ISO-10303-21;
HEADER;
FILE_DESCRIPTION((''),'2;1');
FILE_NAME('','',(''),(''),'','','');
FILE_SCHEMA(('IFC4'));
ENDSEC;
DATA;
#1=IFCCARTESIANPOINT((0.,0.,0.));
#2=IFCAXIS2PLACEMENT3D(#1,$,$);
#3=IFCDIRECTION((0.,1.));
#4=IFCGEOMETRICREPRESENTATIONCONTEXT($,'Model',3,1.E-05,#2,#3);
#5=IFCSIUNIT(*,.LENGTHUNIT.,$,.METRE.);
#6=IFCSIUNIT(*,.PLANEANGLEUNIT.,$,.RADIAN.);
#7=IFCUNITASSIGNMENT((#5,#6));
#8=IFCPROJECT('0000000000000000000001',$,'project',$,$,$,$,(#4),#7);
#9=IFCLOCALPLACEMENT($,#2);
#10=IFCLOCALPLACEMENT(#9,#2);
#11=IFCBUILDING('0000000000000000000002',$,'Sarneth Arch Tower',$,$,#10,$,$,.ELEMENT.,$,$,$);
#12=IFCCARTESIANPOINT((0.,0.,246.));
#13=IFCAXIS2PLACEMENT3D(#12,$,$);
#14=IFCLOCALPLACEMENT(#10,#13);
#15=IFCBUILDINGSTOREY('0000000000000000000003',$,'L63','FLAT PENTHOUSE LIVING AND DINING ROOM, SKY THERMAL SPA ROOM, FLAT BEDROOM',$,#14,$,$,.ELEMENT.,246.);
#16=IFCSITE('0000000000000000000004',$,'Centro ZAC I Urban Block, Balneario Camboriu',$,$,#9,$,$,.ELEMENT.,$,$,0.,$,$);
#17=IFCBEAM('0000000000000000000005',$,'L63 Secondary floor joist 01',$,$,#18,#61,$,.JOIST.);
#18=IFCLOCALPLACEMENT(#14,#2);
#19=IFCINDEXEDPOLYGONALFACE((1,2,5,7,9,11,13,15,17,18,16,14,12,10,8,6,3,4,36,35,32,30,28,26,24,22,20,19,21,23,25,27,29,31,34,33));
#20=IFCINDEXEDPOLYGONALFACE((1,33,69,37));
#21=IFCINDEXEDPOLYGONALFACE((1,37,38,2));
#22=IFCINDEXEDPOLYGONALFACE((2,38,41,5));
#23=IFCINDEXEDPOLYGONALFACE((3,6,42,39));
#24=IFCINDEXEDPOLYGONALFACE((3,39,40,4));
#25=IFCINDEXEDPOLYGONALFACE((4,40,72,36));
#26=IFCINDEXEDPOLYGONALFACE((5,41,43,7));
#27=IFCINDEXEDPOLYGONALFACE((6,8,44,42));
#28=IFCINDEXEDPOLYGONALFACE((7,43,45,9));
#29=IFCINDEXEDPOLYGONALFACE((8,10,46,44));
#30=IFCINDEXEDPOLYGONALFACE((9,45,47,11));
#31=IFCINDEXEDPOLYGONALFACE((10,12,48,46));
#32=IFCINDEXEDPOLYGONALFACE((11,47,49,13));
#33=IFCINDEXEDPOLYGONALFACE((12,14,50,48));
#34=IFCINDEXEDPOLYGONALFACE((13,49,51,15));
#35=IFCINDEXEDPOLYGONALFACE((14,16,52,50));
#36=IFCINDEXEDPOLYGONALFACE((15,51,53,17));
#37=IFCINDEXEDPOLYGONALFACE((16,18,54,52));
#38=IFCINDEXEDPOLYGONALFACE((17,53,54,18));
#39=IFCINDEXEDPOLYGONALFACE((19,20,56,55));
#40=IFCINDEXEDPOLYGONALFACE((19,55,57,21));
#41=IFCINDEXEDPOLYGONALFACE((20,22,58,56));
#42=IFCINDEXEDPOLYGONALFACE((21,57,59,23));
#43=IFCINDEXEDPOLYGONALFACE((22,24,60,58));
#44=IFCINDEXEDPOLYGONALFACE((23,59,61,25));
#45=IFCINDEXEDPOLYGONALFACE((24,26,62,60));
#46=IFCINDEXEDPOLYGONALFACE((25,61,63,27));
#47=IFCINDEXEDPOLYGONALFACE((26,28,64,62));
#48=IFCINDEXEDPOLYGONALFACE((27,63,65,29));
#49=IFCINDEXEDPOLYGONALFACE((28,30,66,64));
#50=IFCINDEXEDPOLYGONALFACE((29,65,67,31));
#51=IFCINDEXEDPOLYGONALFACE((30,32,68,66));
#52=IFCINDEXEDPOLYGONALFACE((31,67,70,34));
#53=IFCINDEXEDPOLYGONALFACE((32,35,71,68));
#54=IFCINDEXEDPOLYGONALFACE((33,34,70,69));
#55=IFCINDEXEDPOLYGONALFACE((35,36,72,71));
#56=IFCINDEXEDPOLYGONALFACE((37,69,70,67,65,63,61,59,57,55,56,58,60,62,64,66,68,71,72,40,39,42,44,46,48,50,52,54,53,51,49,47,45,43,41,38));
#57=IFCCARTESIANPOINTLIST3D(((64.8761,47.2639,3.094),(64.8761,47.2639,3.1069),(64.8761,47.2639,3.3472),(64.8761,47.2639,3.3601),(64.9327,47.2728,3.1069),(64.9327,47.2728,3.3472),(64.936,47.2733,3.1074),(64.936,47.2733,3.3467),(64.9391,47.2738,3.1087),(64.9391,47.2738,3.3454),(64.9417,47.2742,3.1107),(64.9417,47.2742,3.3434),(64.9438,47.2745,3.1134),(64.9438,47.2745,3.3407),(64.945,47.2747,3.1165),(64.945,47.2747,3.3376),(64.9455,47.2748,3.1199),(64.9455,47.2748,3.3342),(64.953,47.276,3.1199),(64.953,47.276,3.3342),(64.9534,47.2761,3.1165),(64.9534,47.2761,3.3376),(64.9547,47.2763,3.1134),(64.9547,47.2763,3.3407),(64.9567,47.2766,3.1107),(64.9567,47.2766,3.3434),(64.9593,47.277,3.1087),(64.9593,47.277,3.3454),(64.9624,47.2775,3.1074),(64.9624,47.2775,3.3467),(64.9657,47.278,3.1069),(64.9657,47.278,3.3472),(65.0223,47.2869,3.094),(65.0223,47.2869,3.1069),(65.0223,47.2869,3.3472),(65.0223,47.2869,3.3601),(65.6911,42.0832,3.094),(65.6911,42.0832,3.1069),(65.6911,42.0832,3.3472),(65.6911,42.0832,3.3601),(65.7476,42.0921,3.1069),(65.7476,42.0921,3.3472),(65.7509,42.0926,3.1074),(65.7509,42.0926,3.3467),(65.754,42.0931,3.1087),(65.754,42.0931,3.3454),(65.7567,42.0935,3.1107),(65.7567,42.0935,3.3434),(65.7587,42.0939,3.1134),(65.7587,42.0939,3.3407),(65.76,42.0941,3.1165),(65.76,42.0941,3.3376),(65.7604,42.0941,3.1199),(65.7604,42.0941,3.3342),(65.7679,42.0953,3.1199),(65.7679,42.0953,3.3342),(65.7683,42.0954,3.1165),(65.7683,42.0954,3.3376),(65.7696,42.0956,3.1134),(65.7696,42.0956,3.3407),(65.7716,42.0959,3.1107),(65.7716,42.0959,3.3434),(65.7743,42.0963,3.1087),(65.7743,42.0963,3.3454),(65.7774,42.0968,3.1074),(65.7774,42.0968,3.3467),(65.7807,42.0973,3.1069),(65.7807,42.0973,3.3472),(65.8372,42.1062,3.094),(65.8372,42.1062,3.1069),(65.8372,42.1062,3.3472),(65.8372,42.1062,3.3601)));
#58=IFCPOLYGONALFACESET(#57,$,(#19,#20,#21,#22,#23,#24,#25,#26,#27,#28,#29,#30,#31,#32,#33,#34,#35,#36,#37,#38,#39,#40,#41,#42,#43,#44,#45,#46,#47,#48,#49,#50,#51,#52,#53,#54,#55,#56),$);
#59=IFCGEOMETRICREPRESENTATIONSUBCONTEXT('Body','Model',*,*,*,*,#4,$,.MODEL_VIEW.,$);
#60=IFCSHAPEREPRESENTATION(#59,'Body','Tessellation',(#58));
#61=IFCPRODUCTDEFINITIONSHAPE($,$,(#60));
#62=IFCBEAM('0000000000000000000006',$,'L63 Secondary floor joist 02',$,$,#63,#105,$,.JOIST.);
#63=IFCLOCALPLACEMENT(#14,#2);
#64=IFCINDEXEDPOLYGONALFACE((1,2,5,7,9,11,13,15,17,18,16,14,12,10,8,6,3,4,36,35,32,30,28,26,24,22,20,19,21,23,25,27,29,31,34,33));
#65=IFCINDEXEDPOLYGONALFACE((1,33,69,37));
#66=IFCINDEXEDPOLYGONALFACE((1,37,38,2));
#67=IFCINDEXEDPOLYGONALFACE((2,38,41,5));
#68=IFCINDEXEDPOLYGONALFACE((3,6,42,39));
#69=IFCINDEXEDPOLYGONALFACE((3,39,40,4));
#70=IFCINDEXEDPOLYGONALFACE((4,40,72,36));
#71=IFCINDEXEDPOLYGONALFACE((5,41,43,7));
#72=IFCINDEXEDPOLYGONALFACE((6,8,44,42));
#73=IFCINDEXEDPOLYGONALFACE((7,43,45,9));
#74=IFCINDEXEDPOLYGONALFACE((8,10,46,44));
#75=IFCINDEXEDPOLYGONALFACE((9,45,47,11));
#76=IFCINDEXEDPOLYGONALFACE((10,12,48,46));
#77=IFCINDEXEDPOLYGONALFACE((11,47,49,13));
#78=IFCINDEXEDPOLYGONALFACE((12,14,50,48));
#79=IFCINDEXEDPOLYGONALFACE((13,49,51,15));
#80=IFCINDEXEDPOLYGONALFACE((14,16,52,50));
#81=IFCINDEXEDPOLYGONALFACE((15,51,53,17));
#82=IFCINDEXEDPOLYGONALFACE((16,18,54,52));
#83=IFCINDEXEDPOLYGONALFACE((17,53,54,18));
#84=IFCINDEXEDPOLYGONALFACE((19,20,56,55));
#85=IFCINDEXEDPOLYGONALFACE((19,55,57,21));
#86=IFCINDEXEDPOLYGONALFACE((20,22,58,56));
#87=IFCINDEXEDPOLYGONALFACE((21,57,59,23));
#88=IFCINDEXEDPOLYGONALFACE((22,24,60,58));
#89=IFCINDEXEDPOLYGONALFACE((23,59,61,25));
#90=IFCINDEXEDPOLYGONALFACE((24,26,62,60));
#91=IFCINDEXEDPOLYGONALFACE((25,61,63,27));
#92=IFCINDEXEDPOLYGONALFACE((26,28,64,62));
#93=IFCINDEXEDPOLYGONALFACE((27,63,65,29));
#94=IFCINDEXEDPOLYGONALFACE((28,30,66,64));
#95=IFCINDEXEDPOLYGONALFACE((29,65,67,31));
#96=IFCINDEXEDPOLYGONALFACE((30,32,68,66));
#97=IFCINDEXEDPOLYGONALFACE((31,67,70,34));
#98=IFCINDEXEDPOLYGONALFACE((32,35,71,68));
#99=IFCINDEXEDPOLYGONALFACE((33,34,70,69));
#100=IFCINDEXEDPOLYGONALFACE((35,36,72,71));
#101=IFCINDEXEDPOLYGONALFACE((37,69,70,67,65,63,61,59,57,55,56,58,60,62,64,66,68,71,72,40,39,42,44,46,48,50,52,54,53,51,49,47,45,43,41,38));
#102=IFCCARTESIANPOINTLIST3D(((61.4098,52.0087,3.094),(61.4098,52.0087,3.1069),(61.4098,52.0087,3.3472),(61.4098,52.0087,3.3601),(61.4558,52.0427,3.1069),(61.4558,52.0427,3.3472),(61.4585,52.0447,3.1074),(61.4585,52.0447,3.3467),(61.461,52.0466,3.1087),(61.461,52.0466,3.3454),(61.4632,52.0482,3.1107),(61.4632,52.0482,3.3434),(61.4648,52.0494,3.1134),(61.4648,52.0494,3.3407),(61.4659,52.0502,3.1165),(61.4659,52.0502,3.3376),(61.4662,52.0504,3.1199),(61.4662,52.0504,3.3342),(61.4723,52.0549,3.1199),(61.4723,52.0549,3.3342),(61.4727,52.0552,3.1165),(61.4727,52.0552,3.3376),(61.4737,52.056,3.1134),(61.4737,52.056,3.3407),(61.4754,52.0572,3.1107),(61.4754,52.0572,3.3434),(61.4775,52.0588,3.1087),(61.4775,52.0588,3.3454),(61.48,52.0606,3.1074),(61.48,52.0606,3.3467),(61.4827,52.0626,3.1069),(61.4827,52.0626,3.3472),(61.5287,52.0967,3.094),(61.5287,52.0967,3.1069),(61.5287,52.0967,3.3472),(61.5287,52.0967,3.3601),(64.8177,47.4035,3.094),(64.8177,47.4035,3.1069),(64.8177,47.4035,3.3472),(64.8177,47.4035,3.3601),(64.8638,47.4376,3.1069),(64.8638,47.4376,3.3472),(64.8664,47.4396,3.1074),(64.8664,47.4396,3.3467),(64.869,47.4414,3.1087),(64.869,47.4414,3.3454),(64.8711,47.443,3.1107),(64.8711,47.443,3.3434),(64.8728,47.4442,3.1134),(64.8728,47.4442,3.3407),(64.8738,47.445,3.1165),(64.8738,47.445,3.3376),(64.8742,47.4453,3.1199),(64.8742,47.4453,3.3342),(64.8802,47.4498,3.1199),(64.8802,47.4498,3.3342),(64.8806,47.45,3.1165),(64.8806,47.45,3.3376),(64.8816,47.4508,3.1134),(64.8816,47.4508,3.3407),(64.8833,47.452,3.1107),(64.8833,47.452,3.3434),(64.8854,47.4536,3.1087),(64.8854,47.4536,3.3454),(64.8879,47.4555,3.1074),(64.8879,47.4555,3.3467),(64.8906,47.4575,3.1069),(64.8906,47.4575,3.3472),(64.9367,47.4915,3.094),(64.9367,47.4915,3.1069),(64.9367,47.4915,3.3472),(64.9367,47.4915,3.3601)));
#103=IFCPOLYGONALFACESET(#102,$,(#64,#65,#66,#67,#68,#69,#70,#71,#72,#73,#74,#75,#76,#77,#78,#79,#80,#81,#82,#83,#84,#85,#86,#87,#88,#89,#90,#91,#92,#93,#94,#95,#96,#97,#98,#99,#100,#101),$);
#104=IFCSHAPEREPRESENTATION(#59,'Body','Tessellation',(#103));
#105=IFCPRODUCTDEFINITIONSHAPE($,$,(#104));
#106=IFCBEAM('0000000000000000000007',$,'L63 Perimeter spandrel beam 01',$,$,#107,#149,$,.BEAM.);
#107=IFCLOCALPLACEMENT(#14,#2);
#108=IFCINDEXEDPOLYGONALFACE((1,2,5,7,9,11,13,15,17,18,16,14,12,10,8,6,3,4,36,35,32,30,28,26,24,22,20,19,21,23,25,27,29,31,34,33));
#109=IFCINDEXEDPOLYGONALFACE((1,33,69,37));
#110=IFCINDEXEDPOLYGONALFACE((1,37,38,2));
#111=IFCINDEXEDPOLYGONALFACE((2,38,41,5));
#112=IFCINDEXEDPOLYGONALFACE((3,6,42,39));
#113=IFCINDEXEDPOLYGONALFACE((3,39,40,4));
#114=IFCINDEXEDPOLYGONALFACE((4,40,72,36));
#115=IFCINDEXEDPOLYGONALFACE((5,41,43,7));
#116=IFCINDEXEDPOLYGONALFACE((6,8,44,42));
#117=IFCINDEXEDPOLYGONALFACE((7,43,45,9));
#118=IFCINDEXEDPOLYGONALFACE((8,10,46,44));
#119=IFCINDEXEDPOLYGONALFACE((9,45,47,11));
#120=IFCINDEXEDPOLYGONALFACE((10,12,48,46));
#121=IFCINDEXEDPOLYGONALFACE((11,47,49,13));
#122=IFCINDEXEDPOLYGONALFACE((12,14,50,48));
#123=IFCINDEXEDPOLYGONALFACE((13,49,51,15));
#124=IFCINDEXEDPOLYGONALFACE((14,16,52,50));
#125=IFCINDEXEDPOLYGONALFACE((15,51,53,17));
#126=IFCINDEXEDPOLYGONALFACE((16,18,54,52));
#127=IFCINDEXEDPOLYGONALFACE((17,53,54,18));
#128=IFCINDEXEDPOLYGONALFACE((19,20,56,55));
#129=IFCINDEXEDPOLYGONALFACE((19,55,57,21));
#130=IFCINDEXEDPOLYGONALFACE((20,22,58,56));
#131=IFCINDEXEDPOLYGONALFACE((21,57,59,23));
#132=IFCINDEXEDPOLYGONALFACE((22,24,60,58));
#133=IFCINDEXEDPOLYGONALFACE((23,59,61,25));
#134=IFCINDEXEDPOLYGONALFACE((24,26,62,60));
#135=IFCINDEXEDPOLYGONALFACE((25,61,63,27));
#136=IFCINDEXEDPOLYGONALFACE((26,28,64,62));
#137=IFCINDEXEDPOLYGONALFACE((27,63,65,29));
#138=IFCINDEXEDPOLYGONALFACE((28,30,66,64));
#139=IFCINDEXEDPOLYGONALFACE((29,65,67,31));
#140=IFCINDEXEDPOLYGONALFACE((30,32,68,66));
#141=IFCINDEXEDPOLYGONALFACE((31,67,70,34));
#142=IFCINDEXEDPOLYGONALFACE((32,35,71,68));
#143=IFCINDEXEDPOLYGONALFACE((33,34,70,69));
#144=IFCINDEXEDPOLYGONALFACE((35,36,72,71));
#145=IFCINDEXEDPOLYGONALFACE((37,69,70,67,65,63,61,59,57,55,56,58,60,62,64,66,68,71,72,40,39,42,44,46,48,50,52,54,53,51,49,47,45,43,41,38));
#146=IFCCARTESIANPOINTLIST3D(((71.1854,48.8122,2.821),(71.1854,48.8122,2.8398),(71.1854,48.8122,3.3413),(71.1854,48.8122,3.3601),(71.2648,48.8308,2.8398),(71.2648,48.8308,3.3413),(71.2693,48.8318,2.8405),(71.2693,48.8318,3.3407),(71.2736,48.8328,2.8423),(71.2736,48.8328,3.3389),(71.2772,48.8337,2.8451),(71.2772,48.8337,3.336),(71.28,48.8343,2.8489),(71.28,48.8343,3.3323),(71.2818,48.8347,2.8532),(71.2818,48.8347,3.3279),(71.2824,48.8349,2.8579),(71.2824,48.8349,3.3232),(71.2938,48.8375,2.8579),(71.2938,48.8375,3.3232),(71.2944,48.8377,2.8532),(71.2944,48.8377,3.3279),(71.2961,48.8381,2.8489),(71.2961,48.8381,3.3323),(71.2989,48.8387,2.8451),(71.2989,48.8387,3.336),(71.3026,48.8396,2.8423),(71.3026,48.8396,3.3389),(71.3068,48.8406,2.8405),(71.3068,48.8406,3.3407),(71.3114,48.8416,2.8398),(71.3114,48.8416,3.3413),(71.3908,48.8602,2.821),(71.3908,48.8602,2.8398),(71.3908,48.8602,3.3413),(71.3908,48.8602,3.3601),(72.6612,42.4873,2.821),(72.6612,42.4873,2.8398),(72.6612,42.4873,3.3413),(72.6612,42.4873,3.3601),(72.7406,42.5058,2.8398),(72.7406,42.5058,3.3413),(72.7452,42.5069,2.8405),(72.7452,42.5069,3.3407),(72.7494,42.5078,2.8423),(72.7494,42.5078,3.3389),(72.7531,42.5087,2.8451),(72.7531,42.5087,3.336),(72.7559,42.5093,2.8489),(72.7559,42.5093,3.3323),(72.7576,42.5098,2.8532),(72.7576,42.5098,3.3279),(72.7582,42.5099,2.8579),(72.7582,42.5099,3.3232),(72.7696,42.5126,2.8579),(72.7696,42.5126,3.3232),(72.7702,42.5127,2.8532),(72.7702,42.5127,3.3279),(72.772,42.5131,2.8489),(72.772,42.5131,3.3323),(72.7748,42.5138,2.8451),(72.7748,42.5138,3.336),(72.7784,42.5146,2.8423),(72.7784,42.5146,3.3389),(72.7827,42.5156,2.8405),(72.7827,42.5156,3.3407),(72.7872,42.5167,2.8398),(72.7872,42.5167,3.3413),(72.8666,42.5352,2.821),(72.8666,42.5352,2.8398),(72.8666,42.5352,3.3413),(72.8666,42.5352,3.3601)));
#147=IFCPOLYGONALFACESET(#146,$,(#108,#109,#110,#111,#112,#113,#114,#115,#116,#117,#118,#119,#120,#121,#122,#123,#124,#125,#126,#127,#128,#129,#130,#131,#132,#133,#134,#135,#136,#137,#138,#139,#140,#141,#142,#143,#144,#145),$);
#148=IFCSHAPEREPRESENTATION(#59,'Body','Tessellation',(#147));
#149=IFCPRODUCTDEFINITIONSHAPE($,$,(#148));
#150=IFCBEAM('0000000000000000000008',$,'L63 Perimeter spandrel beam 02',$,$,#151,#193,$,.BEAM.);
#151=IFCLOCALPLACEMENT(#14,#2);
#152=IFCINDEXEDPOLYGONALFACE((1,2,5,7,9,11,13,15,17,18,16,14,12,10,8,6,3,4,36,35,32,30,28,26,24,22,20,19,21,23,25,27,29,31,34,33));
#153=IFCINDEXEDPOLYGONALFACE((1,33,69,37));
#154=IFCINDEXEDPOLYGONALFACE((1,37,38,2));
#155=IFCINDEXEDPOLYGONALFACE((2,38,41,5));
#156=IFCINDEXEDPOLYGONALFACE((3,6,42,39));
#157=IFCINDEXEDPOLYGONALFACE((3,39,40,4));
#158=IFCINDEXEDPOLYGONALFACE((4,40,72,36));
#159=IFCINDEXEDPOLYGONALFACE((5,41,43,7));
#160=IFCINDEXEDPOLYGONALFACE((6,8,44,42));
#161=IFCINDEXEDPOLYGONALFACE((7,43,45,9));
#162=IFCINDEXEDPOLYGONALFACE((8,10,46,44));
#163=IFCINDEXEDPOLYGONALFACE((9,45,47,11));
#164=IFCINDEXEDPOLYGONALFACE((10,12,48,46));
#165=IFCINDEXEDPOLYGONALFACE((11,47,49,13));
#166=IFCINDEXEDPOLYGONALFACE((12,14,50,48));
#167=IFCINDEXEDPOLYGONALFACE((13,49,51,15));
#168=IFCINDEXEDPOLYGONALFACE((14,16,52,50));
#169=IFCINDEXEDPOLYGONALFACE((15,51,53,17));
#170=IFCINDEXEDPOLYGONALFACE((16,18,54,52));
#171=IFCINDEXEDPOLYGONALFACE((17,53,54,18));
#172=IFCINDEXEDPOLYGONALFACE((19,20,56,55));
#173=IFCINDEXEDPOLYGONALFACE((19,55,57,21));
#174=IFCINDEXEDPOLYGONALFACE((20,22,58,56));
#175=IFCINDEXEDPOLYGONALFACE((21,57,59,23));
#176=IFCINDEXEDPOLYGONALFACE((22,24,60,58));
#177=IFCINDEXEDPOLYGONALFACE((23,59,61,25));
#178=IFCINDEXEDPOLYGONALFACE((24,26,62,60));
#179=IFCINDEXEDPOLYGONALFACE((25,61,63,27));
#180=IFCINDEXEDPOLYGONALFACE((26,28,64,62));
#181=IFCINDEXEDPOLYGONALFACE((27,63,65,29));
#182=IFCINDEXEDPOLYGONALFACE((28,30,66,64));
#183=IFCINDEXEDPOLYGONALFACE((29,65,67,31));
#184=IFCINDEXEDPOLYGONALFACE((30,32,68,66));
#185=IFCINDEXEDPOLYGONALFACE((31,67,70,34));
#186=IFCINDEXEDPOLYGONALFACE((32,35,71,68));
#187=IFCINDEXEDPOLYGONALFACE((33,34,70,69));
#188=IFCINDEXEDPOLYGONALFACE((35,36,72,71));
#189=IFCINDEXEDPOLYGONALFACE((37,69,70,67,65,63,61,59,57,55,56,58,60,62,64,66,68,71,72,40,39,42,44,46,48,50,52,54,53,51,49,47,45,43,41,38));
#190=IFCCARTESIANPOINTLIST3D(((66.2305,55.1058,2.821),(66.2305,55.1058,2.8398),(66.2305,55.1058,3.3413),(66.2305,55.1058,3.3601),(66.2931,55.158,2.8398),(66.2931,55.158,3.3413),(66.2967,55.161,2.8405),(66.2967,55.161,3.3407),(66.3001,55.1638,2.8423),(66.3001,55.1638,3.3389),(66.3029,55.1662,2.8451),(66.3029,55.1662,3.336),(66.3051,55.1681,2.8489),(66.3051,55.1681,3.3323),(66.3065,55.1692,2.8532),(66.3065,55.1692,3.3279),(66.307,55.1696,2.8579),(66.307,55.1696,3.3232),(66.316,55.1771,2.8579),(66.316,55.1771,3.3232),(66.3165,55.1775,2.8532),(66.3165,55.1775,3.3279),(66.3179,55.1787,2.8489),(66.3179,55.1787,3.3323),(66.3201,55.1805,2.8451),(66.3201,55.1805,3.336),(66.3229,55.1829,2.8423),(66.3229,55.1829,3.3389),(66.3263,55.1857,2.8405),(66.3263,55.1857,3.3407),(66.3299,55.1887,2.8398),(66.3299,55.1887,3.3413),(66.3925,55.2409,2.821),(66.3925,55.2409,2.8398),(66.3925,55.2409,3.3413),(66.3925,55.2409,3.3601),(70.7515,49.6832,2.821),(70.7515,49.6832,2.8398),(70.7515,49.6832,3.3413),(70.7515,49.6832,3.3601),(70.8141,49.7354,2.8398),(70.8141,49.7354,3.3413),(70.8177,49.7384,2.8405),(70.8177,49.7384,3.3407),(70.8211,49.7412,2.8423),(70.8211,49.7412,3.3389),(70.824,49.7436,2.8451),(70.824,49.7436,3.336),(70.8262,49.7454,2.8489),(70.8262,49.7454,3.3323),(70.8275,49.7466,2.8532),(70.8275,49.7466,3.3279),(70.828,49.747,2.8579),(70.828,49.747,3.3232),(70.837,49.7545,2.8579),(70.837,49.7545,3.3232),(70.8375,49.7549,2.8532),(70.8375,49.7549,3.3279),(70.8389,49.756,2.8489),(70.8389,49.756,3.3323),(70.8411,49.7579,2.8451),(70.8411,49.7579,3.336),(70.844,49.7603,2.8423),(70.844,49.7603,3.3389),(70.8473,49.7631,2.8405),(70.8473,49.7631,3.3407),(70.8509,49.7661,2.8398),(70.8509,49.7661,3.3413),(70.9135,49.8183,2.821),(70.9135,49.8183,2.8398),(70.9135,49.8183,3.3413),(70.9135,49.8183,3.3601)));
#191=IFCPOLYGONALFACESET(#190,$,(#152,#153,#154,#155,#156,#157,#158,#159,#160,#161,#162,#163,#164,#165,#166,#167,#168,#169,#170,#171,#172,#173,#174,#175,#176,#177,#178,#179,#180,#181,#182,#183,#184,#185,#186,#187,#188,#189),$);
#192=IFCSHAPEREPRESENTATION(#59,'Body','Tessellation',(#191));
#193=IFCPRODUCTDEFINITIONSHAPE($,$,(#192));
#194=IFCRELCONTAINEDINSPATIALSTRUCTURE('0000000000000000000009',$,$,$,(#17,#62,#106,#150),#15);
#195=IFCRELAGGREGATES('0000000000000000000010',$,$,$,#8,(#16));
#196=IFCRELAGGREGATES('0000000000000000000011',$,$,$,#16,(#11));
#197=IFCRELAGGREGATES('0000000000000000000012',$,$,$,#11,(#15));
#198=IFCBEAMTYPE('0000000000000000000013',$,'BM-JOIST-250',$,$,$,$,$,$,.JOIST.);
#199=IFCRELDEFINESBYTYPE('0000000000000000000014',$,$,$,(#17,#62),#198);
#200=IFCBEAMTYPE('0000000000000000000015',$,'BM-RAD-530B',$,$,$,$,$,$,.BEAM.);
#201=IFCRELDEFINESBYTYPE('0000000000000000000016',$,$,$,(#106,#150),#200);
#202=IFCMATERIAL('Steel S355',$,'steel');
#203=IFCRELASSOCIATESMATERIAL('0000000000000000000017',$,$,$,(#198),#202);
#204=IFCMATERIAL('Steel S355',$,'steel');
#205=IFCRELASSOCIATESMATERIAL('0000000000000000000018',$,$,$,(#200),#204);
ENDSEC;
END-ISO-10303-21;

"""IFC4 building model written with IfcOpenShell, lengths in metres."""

from ifc_helpers import new_model, si_unit, direction, frame, origin, origin_2d, place, context, subcontext, project, spatial, i_section, extrude, material, material_profile, profile_set, type_object, element, save


model = new_model("IFC4")

# Units and contexts
model_context = context("Model", 3, precision=1e-05, world=origin(), true_north=direction((0.0, 1.0)))
body_context = subcontext(model_context, "Body", "Model", "MODEL_VIEW")
ifc_project = project(units=[si_unit("LENGTHUNIT", "METRE"), si_unit("PLANEANGLEUNIT", "RADIAN")], contexts=[model_context])

# Site, building, storey
site_placement = place(None, origin())
site = spatial("IfcSite", under=ifc_project, at=site_placement, Name="Centro ZAC I Urban Block, Balneario Camboriu", CompositionType="ELEMENT", RefElevation=0.0)
building_placement = place(site_placement, origin())
building = spatial("IfcBuilding", under=site, at=building_placement, Name="Sarneth Arch Tower", CompositionType="ELEMENT")
storey_placement = place(building_placement, frame((0.0, 0.0, 246.0)))
storey = spatial("IfcBuildingStorey", under=building, at=storey_placement, Name="L63", Description="FLAT PENTHOUSE LIVING AND DINING ROOM, SKY THERMAL SPA ROOM, FLAT BEDROOM", CompositionType="ELEMENT", Elevation=246.0)

# Beams
ifc_material_1 = material(Name="Steel S355", Category="steel")
ifc_material_profile_1 = material_profile(ifc_material_1, i_section(OverallWidth=0.1479, OverallDepth=0.2661, WebThickness=0.0076, FlangeThickness=0.0129, FilletRadius=0.0129, at=origin_2d()), Name="W250x44.8")
ifc_profile_set_1 = profile_set([ifc_material_profile_1], Name="Steel S355")
beam_type_1 = type_object("IfcBeamType", Name="BM-JOIST-250", PredefinedType="JOIST", material=ifc_profile_set_1)
beam_1_placement = place(storey_placement, frame((65.7642, 42.0947, 3.2271), z_axis=(-0.155394, 0.987853, 0.0), x_axis=(-0.987853, -0.155394, 0.0)))
element("IfcBeam", 1, at=beam_1_placement, inside=storey, type_object=beam_type_1, Name="L63 Secondary floor joist 01", PredefinedType="JOIST", context=body_context, shape_type="SweptSolid", body=[
    extrude(i_section(OverallWidth=0.1479, OverallDepth=0.2661, WebThickness=0.0076, FlangeThickness=0.0129, FilletRadius=0.0129, at=origin_2d()), origin(), (0.0, 0.0, 1.0), 5.2444),
])
beam_2_placement = place(storey_placement, frame((64.8772, 47.4475, 3.2271), z_axis=(-0.594853, 0.803834, 0.0), x_axis=(-0.803834, -0.594853, 0.0)))
element("IfcBeam", 2, at=beam_2_placement, inside=storey, type_object=beam_type_1, Name="L63 Secondary floor joist 02", PredefinedType="JOIST", context=body_context, shape_type="SweptSolid", body=[
    extrude(i_section(OverallWidth=0.1479, OverallDepth=0.2661, WebThickness=0.0076, FlangeThickness=0.0129, FilletRadius=0.0129, at=origin_2d()), origin(), (0.0, 0.0, 1.0), 5.729),
])
ifc_material_2 = material(Name="Steel S355", Category="steel")
ifc_material_profile_2 = material_profile(ifc_material_2, i_section(OverallWidth=0.2109, OverallDepth=0.5391, WebThickness=0.0117, FlangeThickness=0.0188, FilletRadius=0.0181, at=origin_2d()), Name="W530x109")
ifc_profile_set_2 = profile_set([ifc_material_profile_2], Name="Steel S355")
beam_type_2 = type_object("IfcBeamType", Name="BM-RAD-530B", PredefinedType="BEAM", material=ifc_profile_set_2)
beam_3_placement = place(storey_placement, frame((72.7639, 42.5112, 3.0906), z_axis=(-0.227231, 0.973841, 0.0), x_axis=(-0.973841, -0.227231, 0.0)))
element("IfcBeam", 3, at=beam_3_placement, inside=storey, type_object=beam_type_2, Name="L63 Perimeter spandrel beam 01", PredefinedType="BEAM", context=body_context, shape_type="SweptSolid", body=[
    extrude(i_section(OverallWidth=0.2109, OverallDepth=0.5391, WebThickness=0.0117, FlangeThickness=0.0188, FilletRadius=0.0181, at=origin_2d()), origin(), (0.0, 0.0, 1.0), 6.4949),
])
beam_4_placement = place(storey_placement, frame((70.8325, 49.7507, 3.0906), z_axis=(-0.640365, 0.768071, 0.0), x_axis=(-0.768071, -0.640365, 0.0)))
element("IfcBeam", 4, at=beam_4_placement, inside=storey, type_object=beam_type_2, Name="L63 Perimeter spandrel beam 02", PredefinedType="BEAM", context=body_context, shape_type="SweptSolid", body=[
    extrude(i_section(OverallWidth=0.2109, OverallDepth=0.5391, WebThickness=0.0117, FlangeThickness=0.0188, FilletRadius=0.0181, at=origin_2d()), origin(), (0.0, 0.0, 1.0), 7.0601),
])

save(model, "model.ifc")
